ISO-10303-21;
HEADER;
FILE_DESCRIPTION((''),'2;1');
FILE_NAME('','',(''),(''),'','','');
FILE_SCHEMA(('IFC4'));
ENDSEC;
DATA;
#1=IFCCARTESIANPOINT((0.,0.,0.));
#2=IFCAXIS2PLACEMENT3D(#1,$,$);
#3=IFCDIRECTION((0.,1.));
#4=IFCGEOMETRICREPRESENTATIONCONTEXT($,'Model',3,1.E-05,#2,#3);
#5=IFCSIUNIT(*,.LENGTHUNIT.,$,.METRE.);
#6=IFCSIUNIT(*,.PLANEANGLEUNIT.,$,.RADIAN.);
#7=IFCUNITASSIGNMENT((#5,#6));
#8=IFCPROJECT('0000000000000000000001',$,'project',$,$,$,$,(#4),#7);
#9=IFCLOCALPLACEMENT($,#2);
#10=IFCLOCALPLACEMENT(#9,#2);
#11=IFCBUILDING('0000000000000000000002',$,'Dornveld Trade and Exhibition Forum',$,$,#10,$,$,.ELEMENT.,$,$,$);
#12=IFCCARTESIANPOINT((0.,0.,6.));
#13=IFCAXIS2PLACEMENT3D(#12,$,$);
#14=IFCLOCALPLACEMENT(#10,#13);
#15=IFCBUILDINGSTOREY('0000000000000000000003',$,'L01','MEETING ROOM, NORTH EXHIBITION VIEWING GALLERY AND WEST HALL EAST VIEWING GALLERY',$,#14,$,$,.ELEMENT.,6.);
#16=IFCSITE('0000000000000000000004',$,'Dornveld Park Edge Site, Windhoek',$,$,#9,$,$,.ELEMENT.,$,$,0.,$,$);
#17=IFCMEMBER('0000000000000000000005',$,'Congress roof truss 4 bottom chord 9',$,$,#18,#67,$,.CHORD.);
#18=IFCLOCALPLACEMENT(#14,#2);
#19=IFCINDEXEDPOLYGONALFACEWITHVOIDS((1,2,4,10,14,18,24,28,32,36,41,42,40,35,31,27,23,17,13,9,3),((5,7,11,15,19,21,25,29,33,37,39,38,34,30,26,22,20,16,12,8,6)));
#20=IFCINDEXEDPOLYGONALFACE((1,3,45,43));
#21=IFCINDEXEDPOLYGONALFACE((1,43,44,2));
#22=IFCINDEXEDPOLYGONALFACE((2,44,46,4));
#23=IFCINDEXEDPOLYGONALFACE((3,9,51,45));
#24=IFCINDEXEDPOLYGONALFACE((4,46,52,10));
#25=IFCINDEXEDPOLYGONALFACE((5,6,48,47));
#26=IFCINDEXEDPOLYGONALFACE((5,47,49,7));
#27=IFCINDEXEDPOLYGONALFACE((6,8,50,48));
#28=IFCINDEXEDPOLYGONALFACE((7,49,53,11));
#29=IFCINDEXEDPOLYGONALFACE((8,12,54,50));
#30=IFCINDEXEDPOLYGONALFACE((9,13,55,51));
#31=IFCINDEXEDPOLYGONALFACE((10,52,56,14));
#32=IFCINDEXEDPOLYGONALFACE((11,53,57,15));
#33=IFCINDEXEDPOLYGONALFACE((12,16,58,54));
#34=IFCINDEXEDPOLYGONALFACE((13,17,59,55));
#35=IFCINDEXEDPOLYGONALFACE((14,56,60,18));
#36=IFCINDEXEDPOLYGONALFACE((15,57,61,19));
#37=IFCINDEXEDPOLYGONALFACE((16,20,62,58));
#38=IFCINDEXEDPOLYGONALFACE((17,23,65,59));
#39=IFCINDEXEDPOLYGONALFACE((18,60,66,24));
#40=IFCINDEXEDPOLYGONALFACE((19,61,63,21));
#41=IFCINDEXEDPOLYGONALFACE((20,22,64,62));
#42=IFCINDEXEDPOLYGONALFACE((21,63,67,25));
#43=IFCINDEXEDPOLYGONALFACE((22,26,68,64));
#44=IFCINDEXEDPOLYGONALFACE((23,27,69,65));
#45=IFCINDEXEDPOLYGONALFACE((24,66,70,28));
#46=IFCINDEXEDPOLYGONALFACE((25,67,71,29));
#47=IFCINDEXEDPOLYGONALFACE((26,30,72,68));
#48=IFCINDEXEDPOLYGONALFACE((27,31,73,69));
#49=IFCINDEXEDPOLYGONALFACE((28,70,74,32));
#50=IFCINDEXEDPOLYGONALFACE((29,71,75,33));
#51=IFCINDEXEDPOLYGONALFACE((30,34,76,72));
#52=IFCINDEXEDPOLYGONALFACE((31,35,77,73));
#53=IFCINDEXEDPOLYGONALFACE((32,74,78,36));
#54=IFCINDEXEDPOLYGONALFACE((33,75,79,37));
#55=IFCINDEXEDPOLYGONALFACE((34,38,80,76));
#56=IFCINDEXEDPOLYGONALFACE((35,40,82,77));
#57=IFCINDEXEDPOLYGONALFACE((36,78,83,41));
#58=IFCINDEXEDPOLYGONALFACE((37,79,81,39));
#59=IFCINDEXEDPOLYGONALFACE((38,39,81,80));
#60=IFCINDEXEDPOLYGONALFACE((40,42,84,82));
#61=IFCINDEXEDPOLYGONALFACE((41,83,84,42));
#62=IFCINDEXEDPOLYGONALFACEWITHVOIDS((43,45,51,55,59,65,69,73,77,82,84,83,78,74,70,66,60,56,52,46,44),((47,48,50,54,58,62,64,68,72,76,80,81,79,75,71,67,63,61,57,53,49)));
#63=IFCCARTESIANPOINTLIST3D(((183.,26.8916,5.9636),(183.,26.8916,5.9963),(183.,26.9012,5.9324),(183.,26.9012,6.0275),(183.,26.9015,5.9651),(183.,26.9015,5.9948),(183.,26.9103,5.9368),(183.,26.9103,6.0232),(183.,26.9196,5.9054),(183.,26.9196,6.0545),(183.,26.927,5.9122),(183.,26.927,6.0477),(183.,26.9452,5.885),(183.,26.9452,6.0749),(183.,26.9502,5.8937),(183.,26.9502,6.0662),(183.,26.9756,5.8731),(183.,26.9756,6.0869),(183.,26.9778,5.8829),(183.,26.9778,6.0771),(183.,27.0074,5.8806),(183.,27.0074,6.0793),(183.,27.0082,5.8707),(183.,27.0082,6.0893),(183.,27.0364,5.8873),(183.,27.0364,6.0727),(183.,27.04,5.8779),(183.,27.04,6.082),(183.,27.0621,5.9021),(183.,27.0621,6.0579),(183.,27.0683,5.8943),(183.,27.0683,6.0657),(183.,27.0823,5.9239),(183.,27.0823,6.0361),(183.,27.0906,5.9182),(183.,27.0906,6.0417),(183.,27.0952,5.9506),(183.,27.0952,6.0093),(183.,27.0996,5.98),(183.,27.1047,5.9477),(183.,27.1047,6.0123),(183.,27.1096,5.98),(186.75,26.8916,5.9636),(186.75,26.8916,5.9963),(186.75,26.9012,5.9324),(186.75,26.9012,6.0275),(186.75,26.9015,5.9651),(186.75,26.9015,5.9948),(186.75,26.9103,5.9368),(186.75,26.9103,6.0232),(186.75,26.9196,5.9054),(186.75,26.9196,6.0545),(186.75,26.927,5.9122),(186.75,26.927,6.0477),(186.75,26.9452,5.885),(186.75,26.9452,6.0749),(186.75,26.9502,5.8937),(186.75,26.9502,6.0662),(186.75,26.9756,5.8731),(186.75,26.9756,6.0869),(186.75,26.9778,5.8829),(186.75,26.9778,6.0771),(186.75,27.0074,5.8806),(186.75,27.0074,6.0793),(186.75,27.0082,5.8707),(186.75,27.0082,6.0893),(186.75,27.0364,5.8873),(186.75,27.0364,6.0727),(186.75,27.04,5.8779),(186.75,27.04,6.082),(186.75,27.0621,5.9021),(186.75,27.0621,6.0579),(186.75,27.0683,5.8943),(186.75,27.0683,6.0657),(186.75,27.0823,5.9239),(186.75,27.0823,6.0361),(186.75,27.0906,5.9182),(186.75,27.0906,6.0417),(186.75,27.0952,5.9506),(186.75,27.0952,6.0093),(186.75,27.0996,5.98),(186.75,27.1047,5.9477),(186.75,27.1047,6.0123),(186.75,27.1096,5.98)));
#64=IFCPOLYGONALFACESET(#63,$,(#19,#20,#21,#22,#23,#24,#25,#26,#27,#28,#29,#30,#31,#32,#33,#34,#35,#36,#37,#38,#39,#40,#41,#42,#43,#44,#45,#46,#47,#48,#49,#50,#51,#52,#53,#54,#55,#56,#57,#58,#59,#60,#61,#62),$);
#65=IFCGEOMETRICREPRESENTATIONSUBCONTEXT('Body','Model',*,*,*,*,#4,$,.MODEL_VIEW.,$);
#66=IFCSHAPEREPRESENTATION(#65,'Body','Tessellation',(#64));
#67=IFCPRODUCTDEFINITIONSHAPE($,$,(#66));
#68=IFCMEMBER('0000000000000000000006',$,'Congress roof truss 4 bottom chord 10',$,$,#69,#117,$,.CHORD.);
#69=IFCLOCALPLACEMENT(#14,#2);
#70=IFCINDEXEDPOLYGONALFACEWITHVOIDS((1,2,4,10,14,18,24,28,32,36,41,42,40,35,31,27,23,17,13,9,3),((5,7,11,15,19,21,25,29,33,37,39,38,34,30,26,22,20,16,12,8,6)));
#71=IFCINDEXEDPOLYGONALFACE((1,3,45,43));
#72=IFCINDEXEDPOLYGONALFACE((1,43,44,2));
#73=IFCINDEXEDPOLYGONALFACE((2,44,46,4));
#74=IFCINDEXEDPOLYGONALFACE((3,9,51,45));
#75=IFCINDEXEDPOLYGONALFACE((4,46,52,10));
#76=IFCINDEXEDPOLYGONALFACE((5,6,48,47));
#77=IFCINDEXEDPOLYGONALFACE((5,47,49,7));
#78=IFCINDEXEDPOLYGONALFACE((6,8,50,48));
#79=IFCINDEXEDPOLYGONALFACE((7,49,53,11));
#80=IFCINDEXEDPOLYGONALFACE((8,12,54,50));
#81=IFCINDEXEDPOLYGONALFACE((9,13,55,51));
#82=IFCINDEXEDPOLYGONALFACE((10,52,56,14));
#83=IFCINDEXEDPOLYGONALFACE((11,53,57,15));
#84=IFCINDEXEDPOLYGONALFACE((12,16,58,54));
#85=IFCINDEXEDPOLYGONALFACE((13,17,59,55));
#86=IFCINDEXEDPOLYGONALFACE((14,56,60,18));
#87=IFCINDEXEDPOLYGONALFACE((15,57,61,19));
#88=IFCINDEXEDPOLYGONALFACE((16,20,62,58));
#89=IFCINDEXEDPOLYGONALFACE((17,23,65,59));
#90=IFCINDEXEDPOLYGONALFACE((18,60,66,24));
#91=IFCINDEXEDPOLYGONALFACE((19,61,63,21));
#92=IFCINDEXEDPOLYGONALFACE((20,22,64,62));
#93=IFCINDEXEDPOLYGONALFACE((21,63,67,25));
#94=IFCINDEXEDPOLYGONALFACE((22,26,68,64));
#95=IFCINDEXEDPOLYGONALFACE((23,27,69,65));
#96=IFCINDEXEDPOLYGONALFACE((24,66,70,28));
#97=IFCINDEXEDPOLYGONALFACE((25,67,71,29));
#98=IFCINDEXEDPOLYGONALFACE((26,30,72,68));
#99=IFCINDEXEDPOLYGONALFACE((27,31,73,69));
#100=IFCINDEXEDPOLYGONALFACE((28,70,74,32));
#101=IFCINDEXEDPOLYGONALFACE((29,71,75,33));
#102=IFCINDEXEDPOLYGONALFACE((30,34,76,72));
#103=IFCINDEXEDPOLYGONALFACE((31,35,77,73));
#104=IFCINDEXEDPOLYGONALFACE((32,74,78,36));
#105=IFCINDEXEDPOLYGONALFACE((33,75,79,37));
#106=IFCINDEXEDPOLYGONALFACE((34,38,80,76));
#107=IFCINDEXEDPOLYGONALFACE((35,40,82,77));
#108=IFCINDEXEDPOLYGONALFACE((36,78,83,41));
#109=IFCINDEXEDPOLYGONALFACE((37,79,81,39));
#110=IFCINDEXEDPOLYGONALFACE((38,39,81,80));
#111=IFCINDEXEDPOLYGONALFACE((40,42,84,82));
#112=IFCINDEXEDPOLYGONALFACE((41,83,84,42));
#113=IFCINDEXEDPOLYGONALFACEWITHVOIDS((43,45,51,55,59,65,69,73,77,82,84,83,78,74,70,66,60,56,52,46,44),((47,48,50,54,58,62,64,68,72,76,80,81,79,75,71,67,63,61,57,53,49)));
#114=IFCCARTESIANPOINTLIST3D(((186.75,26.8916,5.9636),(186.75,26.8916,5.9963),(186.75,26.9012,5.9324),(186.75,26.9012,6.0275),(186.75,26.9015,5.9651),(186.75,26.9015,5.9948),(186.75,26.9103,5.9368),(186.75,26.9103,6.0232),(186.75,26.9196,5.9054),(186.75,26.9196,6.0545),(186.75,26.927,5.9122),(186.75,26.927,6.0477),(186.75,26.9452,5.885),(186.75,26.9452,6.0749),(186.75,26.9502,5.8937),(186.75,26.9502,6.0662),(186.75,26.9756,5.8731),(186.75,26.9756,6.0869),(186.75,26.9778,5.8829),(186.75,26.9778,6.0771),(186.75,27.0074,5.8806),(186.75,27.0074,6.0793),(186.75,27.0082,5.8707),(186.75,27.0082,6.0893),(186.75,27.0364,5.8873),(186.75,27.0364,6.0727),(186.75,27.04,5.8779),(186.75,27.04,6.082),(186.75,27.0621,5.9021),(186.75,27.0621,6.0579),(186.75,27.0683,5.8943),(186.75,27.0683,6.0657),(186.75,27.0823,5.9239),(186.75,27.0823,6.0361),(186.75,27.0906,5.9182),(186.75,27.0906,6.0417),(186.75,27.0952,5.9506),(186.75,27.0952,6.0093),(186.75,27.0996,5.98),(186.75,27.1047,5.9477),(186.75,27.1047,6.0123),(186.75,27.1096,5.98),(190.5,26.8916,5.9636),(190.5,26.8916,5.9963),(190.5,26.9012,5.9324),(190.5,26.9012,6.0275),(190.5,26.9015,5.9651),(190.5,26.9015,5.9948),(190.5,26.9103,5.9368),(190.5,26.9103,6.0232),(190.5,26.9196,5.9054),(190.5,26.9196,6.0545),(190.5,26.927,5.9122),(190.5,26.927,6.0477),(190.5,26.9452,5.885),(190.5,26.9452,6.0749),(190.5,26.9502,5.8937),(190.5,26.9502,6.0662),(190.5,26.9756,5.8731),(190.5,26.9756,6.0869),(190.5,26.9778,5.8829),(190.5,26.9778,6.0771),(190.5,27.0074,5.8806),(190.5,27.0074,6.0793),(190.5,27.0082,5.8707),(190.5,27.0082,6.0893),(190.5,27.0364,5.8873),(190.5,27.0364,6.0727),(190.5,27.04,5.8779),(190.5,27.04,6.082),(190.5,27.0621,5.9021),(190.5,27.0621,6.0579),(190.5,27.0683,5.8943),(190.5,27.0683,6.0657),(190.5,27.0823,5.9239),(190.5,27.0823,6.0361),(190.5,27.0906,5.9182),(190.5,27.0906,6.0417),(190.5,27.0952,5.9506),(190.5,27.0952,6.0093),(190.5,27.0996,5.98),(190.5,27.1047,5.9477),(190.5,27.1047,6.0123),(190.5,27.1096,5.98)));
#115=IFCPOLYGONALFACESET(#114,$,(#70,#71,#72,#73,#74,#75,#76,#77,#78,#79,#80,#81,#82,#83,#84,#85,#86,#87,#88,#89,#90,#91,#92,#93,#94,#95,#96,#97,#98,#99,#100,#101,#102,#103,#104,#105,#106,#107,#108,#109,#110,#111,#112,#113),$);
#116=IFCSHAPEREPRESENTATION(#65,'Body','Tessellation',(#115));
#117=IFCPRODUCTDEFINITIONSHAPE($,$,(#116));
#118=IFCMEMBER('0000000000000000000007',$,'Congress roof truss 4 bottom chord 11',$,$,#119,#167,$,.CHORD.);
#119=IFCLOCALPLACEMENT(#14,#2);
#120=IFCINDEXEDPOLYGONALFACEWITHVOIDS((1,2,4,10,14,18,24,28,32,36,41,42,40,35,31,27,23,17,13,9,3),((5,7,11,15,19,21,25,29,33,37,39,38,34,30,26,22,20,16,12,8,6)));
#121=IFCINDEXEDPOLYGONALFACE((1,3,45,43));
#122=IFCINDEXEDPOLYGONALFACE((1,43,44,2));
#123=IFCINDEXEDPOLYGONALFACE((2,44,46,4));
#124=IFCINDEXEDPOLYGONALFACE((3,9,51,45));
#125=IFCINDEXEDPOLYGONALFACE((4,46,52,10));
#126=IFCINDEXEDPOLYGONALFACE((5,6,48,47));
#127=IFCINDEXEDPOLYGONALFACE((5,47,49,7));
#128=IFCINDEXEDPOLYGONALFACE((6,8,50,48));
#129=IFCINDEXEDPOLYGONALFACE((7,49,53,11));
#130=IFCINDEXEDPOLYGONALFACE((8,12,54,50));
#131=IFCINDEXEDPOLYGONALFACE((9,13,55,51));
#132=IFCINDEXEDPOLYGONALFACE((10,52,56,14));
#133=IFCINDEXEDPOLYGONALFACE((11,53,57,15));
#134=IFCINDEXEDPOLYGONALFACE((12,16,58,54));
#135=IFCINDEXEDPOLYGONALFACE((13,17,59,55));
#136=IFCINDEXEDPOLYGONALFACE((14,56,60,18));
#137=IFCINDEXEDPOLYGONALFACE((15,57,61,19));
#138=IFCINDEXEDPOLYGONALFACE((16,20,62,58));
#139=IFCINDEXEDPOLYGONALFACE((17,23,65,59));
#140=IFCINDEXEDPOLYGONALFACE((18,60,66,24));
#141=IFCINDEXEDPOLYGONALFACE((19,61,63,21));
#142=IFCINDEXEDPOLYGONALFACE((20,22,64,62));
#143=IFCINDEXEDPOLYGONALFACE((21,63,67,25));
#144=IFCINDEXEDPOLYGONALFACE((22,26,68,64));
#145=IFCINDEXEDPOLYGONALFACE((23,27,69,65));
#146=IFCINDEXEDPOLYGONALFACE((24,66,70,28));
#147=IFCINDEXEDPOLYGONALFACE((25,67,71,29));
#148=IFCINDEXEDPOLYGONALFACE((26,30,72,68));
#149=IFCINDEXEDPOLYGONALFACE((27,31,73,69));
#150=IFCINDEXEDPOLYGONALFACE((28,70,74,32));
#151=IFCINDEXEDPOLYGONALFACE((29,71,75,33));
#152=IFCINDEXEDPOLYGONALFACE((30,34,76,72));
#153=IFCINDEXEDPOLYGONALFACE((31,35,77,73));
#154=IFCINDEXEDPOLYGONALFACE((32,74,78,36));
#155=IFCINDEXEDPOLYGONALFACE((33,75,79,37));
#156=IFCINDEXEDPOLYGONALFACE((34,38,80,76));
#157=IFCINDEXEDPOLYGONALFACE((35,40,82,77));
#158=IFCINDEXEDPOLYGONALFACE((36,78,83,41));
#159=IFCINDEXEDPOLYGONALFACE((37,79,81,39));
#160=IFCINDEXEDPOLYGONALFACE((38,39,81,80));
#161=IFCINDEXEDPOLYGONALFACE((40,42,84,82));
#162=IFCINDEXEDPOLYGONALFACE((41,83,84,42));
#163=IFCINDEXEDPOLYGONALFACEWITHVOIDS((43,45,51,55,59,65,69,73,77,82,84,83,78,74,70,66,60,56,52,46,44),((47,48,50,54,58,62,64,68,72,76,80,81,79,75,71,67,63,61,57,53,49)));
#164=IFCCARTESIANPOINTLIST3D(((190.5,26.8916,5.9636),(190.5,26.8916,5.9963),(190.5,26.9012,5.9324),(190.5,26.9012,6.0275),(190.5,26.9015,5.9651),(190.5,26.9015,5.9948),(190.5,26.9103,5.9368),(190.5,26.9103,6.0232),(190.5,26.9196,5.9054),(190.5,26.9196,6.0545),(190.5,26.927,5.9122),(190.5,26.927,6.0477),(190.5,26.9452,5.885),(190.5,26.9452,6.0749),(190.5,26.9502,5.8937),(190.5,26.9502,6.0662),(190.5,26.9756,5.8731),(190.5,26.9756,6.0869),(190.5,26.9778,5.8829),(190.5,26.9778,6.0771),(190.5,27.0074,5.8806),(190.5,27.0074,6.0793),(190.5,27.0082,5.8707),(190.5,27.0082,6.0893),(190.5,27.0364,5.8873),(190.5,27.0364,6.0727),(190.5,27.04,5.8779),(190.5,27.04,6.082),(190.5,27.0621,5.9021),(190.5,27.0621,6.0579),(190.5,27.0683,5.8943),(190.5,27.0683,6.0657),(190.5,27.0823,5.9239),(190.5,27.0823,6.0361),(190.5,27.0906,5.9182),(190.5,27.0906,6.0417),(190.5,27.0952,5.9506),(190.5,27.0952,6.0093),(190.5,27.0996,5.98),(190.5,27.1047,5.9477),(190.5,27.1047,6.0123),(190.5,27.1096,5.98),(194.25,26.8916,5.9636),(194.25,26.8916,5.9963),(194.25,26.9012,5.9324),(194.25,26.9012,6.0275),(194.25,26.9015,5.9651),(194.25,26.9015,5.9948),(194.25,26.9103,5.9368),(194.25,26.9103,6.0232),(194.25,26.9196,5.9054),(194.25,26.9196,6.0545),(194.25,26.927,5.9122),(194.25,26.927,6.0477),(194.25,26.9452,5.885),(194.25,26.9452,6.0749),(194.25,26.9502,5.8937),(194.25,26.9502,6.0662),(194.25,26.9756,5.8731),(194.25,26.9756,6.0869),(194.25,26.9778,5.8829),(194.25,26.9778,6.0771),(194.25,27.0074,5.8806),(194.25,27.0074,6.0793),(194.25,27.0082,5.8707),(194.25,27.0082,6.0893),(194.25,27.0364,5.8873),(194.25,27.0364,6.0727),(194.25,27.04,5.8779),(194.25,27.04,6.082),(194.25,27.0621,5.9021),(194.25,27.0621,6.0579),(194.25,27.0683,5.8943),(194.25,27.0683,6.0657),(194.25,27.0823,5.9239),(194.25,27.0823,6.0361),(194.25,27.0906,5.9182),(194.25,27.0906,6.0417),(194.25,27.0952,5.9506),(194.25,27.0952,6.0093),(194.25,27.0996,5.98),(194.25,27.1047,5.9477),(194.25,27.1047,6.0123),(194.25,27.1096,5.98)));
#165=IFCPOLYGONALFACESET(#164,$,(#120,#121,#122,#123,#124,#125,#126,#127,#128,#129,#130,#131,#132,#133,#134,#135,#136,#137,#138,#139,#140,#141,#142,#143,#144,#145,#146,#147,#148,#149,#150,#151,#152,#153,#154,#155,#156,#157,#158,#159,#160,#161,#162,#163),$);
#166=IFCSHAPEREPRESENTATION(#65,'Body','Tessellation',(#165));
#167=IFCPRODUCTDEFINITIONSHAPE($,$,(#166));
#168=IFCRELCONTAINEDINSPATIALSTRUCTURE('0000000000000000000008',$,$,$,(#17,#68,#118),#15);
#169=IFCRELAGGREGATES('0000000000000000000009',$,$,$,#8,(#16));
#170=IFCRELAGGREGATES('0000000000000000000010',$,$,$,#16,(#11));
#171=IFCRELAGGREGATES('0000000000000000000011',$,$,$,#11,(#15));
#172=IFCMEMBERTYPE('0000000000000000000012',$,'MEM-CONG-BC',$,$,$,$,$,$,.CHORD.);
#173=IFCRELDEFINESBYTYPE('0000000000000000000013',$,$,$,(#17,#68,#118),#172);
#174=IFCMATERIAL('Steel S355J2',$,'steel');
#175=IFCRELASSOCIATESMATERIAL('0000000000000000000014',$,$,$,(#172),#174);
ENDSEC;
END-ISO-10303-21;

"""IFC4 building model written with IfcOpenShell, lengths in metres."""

from ifc_helpers import new_model, si_unit, direction, frame, origin, origin_2d, place, context, subcontext, project, spatial, hollow_circle, extrude, material, material_profile, profile_set, type_object, element, save


model = new_model("IFC4")

# Units and contexts
model_context = context("Model", 3, precision=1e-05, world=origin(), true_north=direction((0.0, 1.0)))
body_context = subcontext(model_context, "Body", "Model", "MODEL_VIEW")
ifc_project = project(units=[si_unit("LENGTHUNIT", "METRE"), si_unit("PLANEANGLEUNIT", "RADIAN")], contexts=[model_context])

# Site, building, storey
site_placement = place(None, origin())
site = spatial("IfcSite", under=ifc_project, at=site_placement, Name="Dornveld Park Edge Site, Windhoek", CompositionType="ELEMENT", RefElevation=0.0)
building_placement = place(site_placement, origin())
building = spatial("IfcBuilding", under=site, at=building_placement, Name="Dornveld Trade and Exhibition Forum", CompositionType="ELEMENT")
storey_placement = place(building_placement, frame((0.0, 0.0, 6.0)))
storey = spatial("IfcBuildingStorey", under=building, at=storey_placement, Name="L01", Description="MEETING ROOM, NORTH EXHIBITION VIEWING GALLERY AND WEST HALL EAST VIEWING GALLERY", CompositionType="ELEMENT", Elevation=6.0)

# Members
ifc_material_1 = material(Name="Steel S355J2", Category="steel")
ifc_material_profile_1 = material_profile(ifc_material_1, hollow_circle(Radius=0.1096, WallThickness=0.01, at=origin_2d()), Name="CHS 219.1x10")
ifc_profile_set_1 = profile_set([ifc_material_profile_1], Name="Steel S355J2")
member_type_1 = type_object("IfcMemberType", Name="MEM-CONG-BC", PredefinedType="CHORD", material=ifc_profile_set_1)
for number, where, z_axis, x_axis, name in (
    (1, (183.0, 27.0, 5.98), (1.0, 0.0, 0.0), (0.0, 1.0, 0.0), "Congress roof truss 4 bottom chord 9"),
    (2, (186.75, 27.0, 5.98), (1.0, 0.0, 0.0), (0.0, 1.0, 0.0), "Congress roof truss 4 bottom chord 10"),
    (3, (190.5, 27.0, 5.98), (1.0, 0.0, 0.0), (0.0, 1.0, 0.0), "Congress roof truss 4 bottom chord 11"),
):
    element("IfcMember", number, at=place(storey_placement, frame(where, z_axis=z_axis, x_axis=x_axis)), inside=storey, type_object=member_type_1, Name=name, PredefinedType="CHORD", context=body_context, shape_type="SweptSolid", body=[
        extrude(hollow_circle(Radius=0.1096, WallThickness=0.01, at=origin_2d()), origin(), (0.0, 0.0, 1.0), 3.75),
    ])

save(model, "model.ifc")
